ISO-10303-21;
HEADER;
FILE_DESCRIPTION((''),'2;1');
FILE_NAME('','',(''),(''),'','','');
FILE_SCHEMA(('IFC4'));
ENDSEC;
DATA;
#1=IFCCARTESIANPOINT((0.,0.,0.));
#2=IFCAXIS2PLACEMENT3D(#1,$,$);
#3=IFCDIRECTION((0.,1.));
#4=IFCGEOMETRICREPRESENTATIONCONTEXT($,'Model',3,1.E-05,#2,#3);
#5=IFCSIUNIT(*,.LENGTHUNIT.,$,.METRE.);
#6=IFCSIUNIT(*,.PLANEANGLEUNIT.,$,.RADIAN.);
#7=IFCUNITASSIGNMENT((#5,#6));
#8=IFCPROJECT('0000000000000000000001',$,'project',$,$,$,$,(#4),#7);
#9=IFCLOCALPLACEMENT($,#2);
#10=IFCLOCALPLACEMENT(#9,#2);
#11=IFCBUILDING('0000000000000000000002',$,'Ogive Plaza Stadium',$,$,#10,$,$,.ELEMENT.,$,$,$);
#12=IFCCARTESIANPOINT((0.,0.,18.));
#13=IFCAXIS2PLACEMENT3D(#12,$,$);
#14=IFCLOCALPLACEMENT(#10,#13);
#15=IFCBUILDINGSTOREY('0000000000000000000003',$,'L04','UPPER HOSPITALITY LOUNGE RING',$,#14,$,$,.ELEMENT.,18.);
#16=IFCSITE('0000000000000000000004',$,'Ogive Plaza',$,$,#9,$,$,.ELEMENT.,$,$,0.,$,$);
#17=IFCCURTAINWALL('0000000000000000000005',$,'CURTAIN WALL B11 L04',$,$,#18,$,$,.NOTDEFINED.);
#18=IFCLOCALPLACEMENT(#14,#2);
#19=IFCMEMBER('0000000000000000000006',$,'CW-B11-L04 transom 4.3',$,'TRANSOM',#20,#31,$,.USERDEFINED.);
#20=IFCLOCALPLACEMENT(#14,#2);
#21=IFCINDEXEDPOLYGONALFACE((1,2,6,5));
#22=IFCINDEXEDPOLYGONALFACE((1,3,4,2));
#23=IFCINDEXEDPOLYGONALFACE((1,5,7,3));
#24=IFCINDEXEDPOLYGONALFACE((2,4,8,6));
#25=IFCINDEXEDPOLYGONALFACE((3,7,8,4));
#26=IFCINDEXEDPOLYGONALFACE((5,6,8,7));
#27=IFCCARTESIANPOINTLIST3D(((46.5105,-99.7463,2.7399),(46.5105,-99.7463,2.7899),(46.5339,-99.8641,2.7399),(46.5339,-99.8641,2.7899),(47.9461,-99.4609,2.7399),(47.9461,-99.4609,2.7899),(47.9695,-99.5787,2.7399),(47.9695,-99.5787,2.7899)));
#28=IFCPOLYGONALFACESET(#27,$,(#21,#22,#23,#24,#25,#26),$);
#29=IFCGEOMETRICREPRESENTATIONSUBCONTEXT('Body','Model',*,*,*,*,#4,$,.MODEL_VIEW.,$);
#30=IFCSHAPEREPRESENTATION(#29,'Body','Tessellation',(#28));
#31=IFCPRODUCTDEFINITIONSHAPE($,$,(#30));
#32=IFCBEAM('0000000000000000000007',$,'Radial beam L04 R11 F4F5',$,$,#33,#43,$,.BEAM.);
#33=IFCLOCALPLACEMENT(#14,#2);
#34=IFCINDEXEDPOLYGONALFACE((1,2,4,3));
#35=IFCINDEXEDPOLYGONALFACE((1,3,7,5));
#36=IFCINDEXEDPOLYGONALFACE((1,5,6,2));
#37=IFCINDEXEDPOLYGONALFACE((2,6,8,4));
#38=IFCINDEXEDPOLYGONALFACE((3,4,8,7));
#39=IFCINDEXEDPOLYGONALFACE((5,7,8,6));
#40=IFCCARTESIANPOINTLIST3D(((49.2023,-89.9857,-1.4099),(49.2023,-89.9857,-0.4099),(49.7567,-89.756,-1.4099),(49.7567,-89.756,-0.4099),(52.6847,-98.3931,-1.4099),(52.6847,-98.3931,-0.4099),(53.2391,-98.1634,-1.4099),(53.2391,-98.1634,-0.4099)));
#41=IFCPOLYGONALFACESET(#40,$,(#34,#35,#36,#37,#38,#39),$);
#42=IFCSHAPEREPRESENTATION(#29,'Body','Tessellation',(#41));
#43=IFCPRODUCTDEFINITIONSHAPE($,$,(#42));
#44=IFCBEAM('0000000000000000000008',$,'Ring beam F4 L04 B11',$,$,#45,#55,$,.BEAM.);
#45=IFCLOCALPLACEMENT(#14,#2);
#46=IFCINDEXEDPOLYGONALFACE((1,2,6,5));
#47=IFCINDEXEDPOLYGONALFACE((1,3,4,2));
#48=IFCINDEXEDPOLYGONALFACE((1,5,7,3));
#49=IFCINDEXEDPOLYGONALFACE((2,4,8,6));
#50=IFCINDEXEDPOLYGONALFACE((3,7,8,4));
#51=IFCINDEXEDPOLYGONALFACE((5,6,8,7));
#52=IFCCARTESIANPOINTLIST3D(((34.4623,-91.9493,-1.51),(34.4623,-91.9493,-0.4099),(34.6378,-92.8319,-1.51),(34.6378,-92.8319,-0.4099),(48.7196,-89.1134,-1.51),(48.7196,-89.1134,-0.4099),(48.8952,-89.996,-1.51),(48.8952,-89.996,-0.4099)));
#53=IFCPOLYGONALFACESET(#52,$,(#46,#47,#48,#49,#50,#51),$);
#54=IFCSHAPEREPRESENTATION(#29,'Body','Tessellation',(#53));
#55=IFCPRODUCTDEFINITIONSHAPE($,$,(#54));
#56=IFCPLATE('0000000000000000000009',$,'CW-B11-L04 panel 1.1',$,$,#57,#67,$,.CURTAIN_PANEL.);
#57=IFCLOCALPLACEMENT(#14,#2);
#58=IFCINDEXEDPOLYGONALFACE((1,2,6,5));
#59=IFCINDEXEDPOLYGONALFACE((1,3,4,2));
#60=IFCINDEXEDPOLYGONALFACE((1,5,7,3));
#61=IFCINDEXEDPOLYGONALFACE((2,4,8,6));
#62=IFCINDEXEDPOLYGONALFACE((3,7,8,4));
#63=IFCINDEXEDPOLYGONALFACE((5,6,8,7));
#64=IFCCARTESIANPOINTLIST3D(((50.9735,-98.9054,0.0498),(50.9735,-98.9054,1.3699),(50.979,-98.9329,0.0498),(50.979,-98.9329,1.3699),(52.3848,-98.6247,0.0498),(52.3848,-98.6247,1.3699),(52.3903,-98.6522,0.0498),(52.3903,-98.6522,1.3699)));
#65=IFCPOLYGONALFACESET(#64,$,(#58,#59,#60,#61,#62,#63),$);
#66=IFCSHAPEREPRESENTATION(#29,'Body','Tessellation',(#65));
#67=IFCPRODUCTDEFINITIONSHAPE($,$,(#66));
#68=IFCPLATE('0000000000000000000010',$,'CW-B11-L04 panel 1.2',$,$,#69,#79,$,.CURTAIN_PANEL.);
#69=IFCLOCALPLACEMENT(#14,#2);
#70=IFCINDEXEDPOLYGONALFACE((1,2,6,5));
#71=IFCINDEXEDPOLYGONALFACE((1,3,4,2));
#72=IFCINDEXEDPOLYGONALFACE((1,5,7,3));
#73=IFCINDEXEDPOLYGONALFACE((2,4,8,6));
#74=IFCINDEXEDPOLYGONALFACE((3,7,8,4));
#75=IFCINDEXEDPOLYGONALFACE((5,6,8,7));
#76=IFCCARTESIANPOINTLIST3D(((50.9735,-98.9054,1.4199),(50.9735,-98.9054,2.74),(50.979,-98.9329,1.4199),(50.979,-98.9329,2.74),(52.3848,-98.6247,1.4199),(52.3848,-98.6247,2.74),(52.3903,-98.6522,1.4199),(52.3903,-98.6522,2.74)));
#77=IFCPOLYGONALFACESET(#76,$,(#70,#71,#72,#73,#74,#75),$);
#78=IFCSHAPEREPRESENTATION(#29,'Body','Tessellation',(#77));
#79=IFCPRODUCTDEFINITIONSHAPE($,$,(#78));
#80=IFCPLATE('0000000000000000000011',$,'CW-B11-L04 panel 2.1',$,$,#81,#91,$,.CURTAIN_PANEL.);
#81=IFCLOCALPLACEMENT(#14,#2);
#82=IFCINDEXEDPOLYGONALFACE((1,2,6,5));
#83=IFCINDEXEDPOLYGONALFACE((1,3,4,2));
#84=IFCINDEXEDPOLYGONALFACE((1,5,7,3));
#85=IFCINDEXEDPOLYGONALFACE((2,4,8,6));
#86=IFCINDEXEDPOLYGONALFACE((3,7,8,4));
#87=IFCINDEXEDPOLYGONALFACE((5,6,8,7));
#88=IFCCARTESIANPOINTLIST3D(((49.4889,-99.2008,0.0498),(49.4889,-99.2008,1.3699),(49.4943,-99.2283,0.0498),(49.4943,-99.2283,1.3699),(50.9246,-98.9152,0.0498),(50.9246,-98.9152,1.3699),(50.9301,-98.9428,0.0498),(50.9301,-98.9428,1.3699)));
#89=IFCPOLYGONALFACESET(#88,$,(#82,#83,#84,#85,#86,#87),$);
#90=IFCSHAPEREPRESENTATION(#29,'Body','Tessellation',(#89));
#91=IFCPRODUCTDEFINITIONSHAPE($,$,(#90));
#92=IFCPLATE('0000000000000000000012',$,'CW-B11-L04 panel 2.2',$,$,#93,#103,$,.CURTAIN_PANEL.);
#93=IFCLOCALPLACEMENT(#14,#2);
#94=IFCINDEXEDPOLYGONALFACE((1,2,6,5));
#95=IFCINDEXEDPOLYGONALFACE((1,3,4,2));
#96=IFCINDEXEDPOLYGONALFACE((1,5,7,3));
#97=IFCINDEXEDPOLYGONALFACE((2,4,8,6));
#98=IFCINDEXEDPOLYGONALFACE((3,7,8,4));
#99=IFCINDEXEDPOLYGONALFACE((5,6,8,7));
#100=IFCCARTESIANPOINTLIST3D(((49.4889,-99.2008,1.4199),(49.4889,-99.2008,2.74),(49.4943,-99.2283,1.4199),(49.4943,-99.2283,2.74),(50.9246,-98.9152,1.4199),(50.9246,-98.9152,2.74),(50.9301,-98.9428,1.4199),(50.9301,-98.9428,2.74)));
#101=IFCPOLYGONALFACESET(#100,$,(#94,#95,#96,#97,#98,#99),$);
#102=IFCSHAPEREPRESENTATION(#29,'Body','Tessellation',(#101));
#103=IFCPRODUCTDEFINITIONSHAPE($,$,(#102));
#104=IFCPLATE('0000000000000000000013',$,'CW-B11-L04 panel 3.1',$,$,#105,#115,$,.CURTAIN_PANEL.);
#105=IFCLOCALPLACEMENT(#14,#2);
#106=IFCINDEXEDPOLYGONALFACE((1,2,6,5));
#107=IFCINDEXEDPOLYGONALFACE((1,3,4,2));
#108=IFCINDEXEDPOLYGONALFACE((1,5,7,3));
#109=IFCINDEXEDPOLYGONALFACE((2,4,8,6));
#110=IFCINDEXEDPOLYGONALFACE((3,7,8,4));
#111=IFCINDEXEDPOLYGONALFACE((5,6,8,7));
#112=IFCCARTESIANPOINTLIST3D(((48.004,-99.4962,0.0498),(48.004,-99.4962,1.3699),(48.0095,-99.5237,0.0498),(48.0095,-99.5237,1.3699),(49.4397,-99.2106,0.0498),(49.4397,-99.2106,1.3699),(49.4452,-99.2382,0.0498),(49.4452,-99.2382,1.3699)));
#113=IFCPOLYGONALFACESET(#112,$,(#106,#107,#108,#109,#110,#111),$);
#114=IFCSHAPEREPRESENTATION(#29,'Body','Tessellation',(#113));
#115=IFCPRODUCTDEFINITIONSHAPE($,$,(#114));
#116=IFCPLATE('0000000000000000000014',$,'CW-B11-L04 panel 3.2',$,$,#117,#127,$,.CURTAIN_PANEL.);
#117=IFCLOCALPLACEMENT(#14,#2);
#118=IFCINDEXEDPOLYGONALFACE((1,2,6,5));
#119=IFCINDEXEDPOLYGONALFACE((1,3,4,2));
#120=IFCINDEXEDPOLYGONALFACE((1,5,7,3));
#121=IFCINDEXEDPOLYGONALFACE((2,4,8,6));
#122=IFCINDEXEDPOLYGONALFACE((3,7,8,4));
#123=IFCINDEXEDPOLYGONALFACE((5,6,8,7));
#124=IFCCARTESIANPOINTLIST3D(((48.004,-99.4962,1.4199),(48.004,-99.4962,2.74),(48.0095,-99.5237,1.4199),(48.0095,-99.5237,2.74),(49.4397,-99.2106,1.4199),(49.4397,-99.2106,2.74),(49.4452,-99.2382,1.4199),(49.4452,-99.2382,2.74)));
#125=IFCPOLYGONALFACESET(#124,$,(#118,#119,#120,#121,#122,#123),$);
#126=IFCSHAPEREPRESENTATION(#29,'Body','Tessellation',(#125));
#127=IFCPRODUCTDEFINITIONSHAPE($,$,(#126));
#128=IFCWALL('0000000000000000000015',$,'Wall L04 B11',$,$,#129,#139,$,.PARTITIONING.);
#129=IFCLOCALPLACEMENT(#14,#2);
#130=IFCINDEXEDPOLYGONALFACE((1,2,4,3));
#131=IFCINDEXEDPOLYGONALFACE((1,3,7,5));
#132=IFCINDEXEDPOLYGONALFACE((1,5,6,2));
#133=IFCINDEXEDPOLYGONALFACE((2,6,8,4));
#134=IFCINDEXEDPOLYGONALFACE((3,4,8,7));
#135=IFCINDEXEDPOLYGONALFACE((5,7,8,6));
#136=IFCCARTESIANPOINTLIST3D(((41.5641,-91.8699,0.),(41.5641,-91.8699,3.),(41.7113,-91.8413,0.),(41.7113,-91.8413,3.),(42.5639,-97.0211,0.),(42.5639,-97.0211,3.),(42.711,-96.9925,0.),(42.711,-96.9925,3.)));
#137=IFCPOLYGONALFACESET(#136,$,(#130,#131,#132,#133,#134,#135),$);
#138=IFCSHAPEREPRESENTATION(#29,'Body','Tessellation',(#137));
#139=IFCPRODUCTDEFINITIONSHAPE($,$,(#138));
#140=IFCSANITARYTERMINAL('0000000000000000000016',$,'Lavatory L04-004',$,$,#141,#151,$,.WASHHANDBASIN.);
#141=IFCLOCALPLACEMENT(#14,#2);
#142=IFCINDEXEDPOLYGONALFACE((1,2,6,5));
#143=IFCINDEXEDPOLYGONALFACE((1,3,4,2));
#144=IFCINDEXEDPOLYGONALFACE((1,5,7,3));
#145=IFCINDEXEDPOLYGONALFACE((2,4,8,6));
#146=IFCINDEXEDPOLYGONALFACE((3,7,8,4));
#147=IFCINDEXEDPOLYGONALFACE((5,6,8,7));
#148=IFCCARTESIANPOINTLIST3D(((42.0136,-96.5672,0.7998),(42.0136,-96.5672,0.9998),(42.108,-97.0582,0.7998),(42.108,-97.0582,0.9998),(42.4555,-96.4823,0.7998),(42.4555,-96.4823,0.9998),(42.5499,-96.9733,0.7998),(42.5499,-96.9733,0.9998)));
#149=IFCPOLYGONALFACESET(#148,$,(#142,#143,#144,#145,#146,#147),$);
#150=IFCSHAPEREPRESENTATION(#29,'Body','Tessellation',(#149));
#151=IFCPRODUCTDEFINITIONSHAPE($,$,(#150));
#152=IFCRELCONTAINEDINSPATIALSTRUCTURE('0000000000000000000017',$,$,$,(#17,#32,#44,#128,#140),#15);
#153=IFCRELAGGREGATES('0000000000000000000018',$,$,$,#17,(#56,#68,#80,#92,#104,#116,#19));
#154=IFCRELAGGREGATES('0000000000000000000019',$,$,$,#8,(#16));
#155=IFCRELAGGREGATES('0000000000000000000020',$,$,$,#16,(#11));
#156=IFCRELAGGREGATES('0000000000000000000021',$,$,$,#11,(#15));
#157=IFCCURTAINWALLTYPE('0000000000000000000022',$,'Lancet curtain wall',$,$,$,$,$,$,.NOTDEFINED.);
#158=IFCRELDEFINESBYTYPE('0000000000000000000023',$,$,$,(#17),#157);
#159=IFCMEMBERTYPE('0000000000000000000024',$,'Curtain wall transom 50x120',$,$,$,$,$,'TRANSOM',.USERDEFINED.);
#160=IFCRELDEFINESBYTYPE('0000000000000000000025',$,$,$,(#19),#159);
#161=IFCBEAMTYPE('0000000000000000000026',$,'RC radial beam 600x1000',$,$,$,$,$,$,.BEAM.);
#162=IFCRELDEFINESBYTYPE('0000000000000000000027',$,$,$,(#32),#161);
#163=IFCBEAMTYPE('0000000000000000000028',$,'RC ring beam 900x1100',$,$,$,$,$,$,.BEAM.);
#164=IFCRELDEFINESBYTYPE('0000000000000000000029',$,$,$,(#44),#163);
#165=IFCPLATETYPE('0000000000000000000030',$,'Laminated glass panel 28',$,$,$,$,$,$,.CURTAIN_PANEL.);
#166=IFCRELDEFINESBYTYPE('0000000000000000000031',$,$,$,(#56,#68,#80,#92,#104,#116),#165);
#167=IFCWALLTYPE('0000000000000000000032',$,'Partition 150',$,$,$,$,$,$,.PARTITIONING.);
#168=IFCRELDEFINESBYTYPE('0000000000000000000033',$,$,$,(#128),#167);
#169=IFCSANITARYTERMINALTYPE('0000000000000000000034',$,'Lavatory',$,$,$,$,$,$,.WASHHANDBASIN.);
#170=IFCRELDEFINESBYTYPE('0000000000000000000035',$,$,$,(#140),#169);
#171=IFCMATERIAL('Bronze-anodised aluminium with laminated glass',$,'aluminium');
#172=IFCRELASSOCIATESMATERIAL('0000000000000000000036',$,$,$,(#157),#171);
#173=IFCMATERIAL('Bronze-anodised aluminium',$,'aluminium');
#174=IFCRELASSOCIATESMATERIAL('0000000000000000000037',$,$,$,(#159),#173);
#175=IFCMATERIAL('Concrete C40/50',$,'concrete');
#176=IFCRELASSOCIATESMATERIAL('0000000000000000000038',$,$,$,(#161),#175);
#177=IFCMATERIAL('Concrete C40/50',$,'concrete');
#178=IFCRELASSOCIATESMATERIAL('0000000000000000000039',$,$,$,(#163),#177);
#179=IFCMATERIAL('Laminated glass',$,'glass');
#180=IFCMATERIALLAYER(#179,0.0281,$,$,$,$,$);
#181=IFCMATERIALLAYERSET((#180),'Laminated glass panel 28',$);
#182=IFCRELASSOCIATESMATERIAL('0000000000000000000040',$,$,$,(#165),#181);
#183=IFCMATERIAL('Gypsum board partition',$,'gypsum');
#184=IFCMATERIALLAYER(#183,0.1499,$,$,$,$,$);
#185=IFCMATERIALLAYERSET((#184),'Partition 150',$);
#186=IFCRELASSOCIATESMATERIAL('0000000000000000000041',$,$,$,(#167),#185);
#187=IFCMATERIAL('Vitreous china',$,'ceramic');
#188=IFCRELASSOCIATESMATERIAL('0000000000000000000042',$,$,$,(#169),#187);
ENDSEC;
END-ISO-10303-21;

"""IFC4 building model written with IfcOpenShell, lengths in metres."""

from ifc_helpers import new_model, si_unit, direction, frame, frame_2d, origin, origin_2d, place, context, subcontext, project, spatial, rectangle, extrude, material, layer, layer_set, material_profile, profile_set, type_object, element, aggregate, save


model = new_model("IFC4")

# Units and contexts
model_context = context("Model", 3, precision=1e-05, world=origin(), true_north=direction((0.0, 1.0)))
body_context = subcontext(model_context, "Body", "Model", "MODEL_VIEW")
ifc_project = project(units=[si_unit("LENGTHUNIT", "METRE"), si_unit("PLANEANGLEUNIT", "RADIAN")], contexts=[model_context])

# Site, building, storey
site_placement = place(None, origin())
site = spatial("IfcSite", under=ifc_project, at=site_placement, Name="Ogive Plaza", CompositionType="ELEMENT", RefElevation=0.0)
building_placement = place(site_placement, origin())
building = spatial("IfcBuilding", under=site, at=building_placement, Name="Ogive Plaza Stadium", CompositionType="ELEMENT")
storey_placement = place(building_placement, frame((0.0, 0.0, 18.0)))
storey = spatial("IfcBuildingStorey", under=building, at=storey_placement, Name="L04", Description="UPPER HOSPITALITY LOUNGE RING", CompositionType="ELEMENT", Elevation=18.0)

# Curtain wall, member
ifc_material_1 = material(Name="Bronze-anodised aluminium with laminated glass", Category="aluminium")
curtain_wall_type = type_object("IfcCurtainWallType", Name="Lancet curtain wall", PredefinedType="NOTDEFINED", material=ifc_material_1)
curtain_wall_placement = place(storey_placement, origin())
curtain_wall = element("IfcCurtainWall", 1, at=curtain_wall_placement, inside=storey, type_object=curtain_wall_type, Name="CURTAIN WALL B11 L04", PredefinedType="NOTDEFINED")
ifc_material_2 = material(Name="Bronze-anodised aluminium", Category="aluminium")
ifc_material_profile_1 = material_profile(ifc_material_2, rectangle(XDim=0.1201, YDim=0.05, at=origin_2d()), Name="AL 120x50")
ifc_profile_set_1 = profile_set([ifc_material_profile_1], Name="Bronze-anodised aluminium")
member_type_1 = type_object("IfcMemberType", Name="Curtain wall transom 50x120", ElementType="TRANSOM", PredefinedType="USERDEFINED", material=ifc_profile_set_1)
member_1_placement = place(storey_placement, frame((47.9578, -99.5198, 2.7649), z_axis=(-0.980805, -0.194993, 0.0), x_axis=(0.194993, -0.980805, 0.0)))
member_1 = element("IfcMember", 2, at=member_1_placement, type_object=member_type_1, Name="CW-B11-L04 transom 4.3", ObjectType="TRANSOM", PredefinedType="USERDEFINED", context=body_context, shape_type="SweptSolid", body=[
    extrude(rectangle(XDim=0.1201, YDim=0.05, at=origin_2d()), origin(), (0.0, 0.0, 1.0), 1.4636),
])

# Beams
ifc_material_3 = material(Name="Concrete C40/50", Category="concrete")
ifc_material_profile_2 = material_profile(ifc_material_3, rectangle(XDim=0.6001, YDim=1.0, at=origin_2d()), Name="RC 600x1000")
ifc_profile_set_2 = profile_set([ifc_material_profile_2], Name="Concrete C40/50")
beam_type_1 = type_object("IfcBeamType", Name="RC radial beam 600x1000", PredefinedType="BEAM", material=ifc_profile_set_2)
beam_1_placement = place(storey_placement, frame((49.4795, -89.8708, -0.9099), z_axis=(0.382677, -0.923882, 0.0), x_axis=(0.923882, 0.382677, 0.0)))
element("IfcBeam", 3, at=beam_1_placement, inside=storey, type_object=beam_type_1, Name="Radial beam L04 R11 F4F5", PredefinedType="BEAM", context=body_context, shape_type="SweptSolid", body=[
    extrude(rectangle(XDim=0.6001, YDim=1.0, at=origin_2d()), origin(), (0.0, 0.0, 1.0), 9.1001),
])
ifc_material_4 = material(Name="Concrete C40/50", Category="concrete")
ifc_material_profile_3 = material_profile(ifc_material_4, rectangle(XDim=0.8999, YDim=1.1001, at=origin_2d()), Name="RC 900x1100")
ifc_profile_set_3 = profile_set([ifc_material_profile_3], Name="Concrete C40/50")
beam_type_2 = type_object("IfcBeamType", Name="RC ring beam 900x1100", PredefinedType="BEAM", material=ifc_profile_set_3)
beam_2_placement = place(storey_placement, frame((48.8074, -89.5547, -0.96), z_axis=(-0.980786, -0.195089, 0.0), x_axis=(0.195089, -0.980786, 0.0)))
element("IfcBeam", 4, at=beam_2_placement, inside=storey, type_object=beam_type_2, Name="Ring beam F4 L04 B11", PredefinedType="BEAM", context=body_context, shape_type="SweptSolid", body=[
    extrude(rectangle(XDim=0.8999, YDim=1.1001, at=origin_2d()), origin(), (0.0, 0.0, 1.0), 14.5366),
])

# Plates
ifc_material_5 = material(Name="Laminated glass", Category="glass")
ifc_layer_1 = layer(ifc_material_5, 0.0281)
ifc_layer_set_1 = layer_set([ifc_layer_1], Name="Laminated glass panel 28")
plate_type = type_object("IfcPlateType", Name="Laminated glass panel 28", PredefinedType="CURTAIN_PANEL", material=ifc_layer_set_1)
plate_1_placement = place(storey_placement, frame((51.6819, -98.7788, 0.0498), z_axis=(0.0, 0.0, 1.0), x_axis=(-0.980785, -0.19509, 0.0)))
plate_1 = element("IfcPlate", 5, at=plate_1_placement, type_object=plate_type, Name="CW-B11-L04 panel 1.1", PredefinedType="CURTAIN_PANEL", context=body_context, shape_type="SweptSolid", body=[
    extrude(rectangle(XDim=1.439, YDim=0.0281, at=origin_2d()), origin(), (0.0, 0.0, 1.0), 1.3201),
])
plate_2_placement = place(storey_placement, frame((51.6819, -98.7788, 1.4199), z_axis=(0.0, 0.0, 1.0), x_axis=(-0.980785, -0.19509, 0.0)))
plate_2 = element("IfcPlate", 6, at=plate_2_placement, type_object=plate_type, Name="CW-B11-L04 panel 1.2", PredefinedType="CURTAIN_PANEL", context=body_context, shape_type="SweptSolid", body=[
    extrude(rectangle(XDim=1.439, YDim=0.0281, at=origin_2d()), origin(), (0.0, 0.0, 1.0), 1.3201),
])
plate_3_placement = place(storey_placement, frame((50.2095, -99.0718, 0.0498), z_axis=(0.0, 0.0, 1.0), x_axis=(-0.980785, -0.19509, 0.0)))
plate_3 = element("IfcPlate", 7, at=plate_3_placement, type_object=plate_type, Name="CW-B11-L04 panel 2.1", PredefinedType="CURTAIN_PANEL", context=body_context, shape_type="SweptSolid", body=[
    extrude(rectangle(XDim=1.4639, YDim=0.0281, at=origin_2d()), origin(), (0.0, 0.0, 1.0), 1.3201),
])
plate_4_placement = place(storey_placement, frame((50.2095, -99.0718, 1.4199), z_axis=(0.0, 0.0, 1.0), x_axis=(-0.980785, -0.19509, 0.0)))
plate_4 = element("IfcPlate", 8, at=plate_4_placement, type_object=plate_type, Name="CW-B11-L04 panel 2.2", PredefinedType="CURTAIN_PANEL", context=body_context, shape_type="SweptSolid", body=[
    extrude(rectangle(XDim=1.4639, YDim=0.0281, at=origin_2d()), origin(), (0.0, 0.0, 1.0), 1.3201),
])
plate_5_placement = place(storey_placement, frame((48.7246, -99.3672, 0.0498), z_axis=(0.0, 0.0, 1.0), x_axis=(-0.980785, -0.19509, 0.0)))
plate_5 = element("IfcPlate", 9, at=plate_5_placement, type_object=plate_type, Name="CW-B11-L04 panel 3.1", PredefinedType="CURTAIN_PANEL", context=body_context, shape_type="SweptSolid", body=[
    extrude(rectangle(XDim=1.4639, YDim=0.0281, at=origin_2d()), origin(), (0.0, 0.0, 1.0), 1.3201),
])
plate_6_placement = place(storey_placement, frame((48.7246, -99.3672, 1.4199), z_axis=(0.0, 0.0, 1.0), x_axis=(-0.980785, -0.19509, 0.0)))
plate_6 = element("IfcPlate", 10, at=plate_6_placement, type_object=plate_type, Name="CW-B11-L04 panel 3.2", PredefinedType="CURTAIN_PANEL", context=body_context, shape_type="SweptSolid", body=[
    extrude(rectangle(XDim=1.4639, YDim=0.0281, at=origin_2d()), origin(), (0.0, 0.0, 1.0), 1.3201),
])
aggregate(curtain_wall, [plate_1, plate_2, plate_3, plate_4, plate_5, plate_6, member_1])

# Wall
ifc_material_6 = material(Name="Gypsum board partition", Category="gypsum")
ifc_layer_2 = layer(ifc_material_6, 0.1499)
ifc_layer_set_2 = layer_set([ifc_layer_2], Name="Partition 150")
wall_type = type_object("IfcWallType", Name="Partition 150", PredefinedType="PARTITIONING", material=ifc_layer_set_2)
wall_placement = place(storey_placement, frame((41.6377, -91.8557, 0.0), z_axis=(0.0, 0.0, 1.0), x_axis=(0.19053, -0.981681, 0.0)))
element("IfcWall", 11, at=wall_placement, inside=storey, type_object=wall_type, Name="Wall L04 B11", PredefinedType="PARTITIONING", context=body_context, shape_type="SweptSolid", body=[
    extrude(rectangle(XDim=5.2473, YDim=0.1499, at=frame_2d((2.6235, 0.0))), origin(), (0.0, 0.0, 1.0), 3.0),
])

# Sanitary terminal
ifc_material_7 = material(Name="Vitreous china", Category="ceramic")
sanitary_terminal_type = type_object("IfcSanitaryTerminalType", Name="Lavatory", PredefinedType="WASHHANDBASIN", material=ifc_material_7)
sanitary_terminal_placement = place(storey_placement, frame((42.2817, -96.7703, 0.7998), z_axis=(0.0, 0.0, 1.0), x_axis=(-0.188789, 0.982018, 0.0)))
element("IfcSanitaryTerminal", 12, at=sanitary_terminal_placement, inside=storey, type_object=sanitary_terminal_type, Name="Lavatory L04-004", PredefinedType="WASHHANDBASIN", context=body_context, shape_type="SweptSolid", body=[
    extrude(rectangle(XDim=0.5, YDim=0.45, at=origin_2d()), origin(), (0.0, 0.0, 1.0), 0.2),
])

save(model, "model.ifc")
